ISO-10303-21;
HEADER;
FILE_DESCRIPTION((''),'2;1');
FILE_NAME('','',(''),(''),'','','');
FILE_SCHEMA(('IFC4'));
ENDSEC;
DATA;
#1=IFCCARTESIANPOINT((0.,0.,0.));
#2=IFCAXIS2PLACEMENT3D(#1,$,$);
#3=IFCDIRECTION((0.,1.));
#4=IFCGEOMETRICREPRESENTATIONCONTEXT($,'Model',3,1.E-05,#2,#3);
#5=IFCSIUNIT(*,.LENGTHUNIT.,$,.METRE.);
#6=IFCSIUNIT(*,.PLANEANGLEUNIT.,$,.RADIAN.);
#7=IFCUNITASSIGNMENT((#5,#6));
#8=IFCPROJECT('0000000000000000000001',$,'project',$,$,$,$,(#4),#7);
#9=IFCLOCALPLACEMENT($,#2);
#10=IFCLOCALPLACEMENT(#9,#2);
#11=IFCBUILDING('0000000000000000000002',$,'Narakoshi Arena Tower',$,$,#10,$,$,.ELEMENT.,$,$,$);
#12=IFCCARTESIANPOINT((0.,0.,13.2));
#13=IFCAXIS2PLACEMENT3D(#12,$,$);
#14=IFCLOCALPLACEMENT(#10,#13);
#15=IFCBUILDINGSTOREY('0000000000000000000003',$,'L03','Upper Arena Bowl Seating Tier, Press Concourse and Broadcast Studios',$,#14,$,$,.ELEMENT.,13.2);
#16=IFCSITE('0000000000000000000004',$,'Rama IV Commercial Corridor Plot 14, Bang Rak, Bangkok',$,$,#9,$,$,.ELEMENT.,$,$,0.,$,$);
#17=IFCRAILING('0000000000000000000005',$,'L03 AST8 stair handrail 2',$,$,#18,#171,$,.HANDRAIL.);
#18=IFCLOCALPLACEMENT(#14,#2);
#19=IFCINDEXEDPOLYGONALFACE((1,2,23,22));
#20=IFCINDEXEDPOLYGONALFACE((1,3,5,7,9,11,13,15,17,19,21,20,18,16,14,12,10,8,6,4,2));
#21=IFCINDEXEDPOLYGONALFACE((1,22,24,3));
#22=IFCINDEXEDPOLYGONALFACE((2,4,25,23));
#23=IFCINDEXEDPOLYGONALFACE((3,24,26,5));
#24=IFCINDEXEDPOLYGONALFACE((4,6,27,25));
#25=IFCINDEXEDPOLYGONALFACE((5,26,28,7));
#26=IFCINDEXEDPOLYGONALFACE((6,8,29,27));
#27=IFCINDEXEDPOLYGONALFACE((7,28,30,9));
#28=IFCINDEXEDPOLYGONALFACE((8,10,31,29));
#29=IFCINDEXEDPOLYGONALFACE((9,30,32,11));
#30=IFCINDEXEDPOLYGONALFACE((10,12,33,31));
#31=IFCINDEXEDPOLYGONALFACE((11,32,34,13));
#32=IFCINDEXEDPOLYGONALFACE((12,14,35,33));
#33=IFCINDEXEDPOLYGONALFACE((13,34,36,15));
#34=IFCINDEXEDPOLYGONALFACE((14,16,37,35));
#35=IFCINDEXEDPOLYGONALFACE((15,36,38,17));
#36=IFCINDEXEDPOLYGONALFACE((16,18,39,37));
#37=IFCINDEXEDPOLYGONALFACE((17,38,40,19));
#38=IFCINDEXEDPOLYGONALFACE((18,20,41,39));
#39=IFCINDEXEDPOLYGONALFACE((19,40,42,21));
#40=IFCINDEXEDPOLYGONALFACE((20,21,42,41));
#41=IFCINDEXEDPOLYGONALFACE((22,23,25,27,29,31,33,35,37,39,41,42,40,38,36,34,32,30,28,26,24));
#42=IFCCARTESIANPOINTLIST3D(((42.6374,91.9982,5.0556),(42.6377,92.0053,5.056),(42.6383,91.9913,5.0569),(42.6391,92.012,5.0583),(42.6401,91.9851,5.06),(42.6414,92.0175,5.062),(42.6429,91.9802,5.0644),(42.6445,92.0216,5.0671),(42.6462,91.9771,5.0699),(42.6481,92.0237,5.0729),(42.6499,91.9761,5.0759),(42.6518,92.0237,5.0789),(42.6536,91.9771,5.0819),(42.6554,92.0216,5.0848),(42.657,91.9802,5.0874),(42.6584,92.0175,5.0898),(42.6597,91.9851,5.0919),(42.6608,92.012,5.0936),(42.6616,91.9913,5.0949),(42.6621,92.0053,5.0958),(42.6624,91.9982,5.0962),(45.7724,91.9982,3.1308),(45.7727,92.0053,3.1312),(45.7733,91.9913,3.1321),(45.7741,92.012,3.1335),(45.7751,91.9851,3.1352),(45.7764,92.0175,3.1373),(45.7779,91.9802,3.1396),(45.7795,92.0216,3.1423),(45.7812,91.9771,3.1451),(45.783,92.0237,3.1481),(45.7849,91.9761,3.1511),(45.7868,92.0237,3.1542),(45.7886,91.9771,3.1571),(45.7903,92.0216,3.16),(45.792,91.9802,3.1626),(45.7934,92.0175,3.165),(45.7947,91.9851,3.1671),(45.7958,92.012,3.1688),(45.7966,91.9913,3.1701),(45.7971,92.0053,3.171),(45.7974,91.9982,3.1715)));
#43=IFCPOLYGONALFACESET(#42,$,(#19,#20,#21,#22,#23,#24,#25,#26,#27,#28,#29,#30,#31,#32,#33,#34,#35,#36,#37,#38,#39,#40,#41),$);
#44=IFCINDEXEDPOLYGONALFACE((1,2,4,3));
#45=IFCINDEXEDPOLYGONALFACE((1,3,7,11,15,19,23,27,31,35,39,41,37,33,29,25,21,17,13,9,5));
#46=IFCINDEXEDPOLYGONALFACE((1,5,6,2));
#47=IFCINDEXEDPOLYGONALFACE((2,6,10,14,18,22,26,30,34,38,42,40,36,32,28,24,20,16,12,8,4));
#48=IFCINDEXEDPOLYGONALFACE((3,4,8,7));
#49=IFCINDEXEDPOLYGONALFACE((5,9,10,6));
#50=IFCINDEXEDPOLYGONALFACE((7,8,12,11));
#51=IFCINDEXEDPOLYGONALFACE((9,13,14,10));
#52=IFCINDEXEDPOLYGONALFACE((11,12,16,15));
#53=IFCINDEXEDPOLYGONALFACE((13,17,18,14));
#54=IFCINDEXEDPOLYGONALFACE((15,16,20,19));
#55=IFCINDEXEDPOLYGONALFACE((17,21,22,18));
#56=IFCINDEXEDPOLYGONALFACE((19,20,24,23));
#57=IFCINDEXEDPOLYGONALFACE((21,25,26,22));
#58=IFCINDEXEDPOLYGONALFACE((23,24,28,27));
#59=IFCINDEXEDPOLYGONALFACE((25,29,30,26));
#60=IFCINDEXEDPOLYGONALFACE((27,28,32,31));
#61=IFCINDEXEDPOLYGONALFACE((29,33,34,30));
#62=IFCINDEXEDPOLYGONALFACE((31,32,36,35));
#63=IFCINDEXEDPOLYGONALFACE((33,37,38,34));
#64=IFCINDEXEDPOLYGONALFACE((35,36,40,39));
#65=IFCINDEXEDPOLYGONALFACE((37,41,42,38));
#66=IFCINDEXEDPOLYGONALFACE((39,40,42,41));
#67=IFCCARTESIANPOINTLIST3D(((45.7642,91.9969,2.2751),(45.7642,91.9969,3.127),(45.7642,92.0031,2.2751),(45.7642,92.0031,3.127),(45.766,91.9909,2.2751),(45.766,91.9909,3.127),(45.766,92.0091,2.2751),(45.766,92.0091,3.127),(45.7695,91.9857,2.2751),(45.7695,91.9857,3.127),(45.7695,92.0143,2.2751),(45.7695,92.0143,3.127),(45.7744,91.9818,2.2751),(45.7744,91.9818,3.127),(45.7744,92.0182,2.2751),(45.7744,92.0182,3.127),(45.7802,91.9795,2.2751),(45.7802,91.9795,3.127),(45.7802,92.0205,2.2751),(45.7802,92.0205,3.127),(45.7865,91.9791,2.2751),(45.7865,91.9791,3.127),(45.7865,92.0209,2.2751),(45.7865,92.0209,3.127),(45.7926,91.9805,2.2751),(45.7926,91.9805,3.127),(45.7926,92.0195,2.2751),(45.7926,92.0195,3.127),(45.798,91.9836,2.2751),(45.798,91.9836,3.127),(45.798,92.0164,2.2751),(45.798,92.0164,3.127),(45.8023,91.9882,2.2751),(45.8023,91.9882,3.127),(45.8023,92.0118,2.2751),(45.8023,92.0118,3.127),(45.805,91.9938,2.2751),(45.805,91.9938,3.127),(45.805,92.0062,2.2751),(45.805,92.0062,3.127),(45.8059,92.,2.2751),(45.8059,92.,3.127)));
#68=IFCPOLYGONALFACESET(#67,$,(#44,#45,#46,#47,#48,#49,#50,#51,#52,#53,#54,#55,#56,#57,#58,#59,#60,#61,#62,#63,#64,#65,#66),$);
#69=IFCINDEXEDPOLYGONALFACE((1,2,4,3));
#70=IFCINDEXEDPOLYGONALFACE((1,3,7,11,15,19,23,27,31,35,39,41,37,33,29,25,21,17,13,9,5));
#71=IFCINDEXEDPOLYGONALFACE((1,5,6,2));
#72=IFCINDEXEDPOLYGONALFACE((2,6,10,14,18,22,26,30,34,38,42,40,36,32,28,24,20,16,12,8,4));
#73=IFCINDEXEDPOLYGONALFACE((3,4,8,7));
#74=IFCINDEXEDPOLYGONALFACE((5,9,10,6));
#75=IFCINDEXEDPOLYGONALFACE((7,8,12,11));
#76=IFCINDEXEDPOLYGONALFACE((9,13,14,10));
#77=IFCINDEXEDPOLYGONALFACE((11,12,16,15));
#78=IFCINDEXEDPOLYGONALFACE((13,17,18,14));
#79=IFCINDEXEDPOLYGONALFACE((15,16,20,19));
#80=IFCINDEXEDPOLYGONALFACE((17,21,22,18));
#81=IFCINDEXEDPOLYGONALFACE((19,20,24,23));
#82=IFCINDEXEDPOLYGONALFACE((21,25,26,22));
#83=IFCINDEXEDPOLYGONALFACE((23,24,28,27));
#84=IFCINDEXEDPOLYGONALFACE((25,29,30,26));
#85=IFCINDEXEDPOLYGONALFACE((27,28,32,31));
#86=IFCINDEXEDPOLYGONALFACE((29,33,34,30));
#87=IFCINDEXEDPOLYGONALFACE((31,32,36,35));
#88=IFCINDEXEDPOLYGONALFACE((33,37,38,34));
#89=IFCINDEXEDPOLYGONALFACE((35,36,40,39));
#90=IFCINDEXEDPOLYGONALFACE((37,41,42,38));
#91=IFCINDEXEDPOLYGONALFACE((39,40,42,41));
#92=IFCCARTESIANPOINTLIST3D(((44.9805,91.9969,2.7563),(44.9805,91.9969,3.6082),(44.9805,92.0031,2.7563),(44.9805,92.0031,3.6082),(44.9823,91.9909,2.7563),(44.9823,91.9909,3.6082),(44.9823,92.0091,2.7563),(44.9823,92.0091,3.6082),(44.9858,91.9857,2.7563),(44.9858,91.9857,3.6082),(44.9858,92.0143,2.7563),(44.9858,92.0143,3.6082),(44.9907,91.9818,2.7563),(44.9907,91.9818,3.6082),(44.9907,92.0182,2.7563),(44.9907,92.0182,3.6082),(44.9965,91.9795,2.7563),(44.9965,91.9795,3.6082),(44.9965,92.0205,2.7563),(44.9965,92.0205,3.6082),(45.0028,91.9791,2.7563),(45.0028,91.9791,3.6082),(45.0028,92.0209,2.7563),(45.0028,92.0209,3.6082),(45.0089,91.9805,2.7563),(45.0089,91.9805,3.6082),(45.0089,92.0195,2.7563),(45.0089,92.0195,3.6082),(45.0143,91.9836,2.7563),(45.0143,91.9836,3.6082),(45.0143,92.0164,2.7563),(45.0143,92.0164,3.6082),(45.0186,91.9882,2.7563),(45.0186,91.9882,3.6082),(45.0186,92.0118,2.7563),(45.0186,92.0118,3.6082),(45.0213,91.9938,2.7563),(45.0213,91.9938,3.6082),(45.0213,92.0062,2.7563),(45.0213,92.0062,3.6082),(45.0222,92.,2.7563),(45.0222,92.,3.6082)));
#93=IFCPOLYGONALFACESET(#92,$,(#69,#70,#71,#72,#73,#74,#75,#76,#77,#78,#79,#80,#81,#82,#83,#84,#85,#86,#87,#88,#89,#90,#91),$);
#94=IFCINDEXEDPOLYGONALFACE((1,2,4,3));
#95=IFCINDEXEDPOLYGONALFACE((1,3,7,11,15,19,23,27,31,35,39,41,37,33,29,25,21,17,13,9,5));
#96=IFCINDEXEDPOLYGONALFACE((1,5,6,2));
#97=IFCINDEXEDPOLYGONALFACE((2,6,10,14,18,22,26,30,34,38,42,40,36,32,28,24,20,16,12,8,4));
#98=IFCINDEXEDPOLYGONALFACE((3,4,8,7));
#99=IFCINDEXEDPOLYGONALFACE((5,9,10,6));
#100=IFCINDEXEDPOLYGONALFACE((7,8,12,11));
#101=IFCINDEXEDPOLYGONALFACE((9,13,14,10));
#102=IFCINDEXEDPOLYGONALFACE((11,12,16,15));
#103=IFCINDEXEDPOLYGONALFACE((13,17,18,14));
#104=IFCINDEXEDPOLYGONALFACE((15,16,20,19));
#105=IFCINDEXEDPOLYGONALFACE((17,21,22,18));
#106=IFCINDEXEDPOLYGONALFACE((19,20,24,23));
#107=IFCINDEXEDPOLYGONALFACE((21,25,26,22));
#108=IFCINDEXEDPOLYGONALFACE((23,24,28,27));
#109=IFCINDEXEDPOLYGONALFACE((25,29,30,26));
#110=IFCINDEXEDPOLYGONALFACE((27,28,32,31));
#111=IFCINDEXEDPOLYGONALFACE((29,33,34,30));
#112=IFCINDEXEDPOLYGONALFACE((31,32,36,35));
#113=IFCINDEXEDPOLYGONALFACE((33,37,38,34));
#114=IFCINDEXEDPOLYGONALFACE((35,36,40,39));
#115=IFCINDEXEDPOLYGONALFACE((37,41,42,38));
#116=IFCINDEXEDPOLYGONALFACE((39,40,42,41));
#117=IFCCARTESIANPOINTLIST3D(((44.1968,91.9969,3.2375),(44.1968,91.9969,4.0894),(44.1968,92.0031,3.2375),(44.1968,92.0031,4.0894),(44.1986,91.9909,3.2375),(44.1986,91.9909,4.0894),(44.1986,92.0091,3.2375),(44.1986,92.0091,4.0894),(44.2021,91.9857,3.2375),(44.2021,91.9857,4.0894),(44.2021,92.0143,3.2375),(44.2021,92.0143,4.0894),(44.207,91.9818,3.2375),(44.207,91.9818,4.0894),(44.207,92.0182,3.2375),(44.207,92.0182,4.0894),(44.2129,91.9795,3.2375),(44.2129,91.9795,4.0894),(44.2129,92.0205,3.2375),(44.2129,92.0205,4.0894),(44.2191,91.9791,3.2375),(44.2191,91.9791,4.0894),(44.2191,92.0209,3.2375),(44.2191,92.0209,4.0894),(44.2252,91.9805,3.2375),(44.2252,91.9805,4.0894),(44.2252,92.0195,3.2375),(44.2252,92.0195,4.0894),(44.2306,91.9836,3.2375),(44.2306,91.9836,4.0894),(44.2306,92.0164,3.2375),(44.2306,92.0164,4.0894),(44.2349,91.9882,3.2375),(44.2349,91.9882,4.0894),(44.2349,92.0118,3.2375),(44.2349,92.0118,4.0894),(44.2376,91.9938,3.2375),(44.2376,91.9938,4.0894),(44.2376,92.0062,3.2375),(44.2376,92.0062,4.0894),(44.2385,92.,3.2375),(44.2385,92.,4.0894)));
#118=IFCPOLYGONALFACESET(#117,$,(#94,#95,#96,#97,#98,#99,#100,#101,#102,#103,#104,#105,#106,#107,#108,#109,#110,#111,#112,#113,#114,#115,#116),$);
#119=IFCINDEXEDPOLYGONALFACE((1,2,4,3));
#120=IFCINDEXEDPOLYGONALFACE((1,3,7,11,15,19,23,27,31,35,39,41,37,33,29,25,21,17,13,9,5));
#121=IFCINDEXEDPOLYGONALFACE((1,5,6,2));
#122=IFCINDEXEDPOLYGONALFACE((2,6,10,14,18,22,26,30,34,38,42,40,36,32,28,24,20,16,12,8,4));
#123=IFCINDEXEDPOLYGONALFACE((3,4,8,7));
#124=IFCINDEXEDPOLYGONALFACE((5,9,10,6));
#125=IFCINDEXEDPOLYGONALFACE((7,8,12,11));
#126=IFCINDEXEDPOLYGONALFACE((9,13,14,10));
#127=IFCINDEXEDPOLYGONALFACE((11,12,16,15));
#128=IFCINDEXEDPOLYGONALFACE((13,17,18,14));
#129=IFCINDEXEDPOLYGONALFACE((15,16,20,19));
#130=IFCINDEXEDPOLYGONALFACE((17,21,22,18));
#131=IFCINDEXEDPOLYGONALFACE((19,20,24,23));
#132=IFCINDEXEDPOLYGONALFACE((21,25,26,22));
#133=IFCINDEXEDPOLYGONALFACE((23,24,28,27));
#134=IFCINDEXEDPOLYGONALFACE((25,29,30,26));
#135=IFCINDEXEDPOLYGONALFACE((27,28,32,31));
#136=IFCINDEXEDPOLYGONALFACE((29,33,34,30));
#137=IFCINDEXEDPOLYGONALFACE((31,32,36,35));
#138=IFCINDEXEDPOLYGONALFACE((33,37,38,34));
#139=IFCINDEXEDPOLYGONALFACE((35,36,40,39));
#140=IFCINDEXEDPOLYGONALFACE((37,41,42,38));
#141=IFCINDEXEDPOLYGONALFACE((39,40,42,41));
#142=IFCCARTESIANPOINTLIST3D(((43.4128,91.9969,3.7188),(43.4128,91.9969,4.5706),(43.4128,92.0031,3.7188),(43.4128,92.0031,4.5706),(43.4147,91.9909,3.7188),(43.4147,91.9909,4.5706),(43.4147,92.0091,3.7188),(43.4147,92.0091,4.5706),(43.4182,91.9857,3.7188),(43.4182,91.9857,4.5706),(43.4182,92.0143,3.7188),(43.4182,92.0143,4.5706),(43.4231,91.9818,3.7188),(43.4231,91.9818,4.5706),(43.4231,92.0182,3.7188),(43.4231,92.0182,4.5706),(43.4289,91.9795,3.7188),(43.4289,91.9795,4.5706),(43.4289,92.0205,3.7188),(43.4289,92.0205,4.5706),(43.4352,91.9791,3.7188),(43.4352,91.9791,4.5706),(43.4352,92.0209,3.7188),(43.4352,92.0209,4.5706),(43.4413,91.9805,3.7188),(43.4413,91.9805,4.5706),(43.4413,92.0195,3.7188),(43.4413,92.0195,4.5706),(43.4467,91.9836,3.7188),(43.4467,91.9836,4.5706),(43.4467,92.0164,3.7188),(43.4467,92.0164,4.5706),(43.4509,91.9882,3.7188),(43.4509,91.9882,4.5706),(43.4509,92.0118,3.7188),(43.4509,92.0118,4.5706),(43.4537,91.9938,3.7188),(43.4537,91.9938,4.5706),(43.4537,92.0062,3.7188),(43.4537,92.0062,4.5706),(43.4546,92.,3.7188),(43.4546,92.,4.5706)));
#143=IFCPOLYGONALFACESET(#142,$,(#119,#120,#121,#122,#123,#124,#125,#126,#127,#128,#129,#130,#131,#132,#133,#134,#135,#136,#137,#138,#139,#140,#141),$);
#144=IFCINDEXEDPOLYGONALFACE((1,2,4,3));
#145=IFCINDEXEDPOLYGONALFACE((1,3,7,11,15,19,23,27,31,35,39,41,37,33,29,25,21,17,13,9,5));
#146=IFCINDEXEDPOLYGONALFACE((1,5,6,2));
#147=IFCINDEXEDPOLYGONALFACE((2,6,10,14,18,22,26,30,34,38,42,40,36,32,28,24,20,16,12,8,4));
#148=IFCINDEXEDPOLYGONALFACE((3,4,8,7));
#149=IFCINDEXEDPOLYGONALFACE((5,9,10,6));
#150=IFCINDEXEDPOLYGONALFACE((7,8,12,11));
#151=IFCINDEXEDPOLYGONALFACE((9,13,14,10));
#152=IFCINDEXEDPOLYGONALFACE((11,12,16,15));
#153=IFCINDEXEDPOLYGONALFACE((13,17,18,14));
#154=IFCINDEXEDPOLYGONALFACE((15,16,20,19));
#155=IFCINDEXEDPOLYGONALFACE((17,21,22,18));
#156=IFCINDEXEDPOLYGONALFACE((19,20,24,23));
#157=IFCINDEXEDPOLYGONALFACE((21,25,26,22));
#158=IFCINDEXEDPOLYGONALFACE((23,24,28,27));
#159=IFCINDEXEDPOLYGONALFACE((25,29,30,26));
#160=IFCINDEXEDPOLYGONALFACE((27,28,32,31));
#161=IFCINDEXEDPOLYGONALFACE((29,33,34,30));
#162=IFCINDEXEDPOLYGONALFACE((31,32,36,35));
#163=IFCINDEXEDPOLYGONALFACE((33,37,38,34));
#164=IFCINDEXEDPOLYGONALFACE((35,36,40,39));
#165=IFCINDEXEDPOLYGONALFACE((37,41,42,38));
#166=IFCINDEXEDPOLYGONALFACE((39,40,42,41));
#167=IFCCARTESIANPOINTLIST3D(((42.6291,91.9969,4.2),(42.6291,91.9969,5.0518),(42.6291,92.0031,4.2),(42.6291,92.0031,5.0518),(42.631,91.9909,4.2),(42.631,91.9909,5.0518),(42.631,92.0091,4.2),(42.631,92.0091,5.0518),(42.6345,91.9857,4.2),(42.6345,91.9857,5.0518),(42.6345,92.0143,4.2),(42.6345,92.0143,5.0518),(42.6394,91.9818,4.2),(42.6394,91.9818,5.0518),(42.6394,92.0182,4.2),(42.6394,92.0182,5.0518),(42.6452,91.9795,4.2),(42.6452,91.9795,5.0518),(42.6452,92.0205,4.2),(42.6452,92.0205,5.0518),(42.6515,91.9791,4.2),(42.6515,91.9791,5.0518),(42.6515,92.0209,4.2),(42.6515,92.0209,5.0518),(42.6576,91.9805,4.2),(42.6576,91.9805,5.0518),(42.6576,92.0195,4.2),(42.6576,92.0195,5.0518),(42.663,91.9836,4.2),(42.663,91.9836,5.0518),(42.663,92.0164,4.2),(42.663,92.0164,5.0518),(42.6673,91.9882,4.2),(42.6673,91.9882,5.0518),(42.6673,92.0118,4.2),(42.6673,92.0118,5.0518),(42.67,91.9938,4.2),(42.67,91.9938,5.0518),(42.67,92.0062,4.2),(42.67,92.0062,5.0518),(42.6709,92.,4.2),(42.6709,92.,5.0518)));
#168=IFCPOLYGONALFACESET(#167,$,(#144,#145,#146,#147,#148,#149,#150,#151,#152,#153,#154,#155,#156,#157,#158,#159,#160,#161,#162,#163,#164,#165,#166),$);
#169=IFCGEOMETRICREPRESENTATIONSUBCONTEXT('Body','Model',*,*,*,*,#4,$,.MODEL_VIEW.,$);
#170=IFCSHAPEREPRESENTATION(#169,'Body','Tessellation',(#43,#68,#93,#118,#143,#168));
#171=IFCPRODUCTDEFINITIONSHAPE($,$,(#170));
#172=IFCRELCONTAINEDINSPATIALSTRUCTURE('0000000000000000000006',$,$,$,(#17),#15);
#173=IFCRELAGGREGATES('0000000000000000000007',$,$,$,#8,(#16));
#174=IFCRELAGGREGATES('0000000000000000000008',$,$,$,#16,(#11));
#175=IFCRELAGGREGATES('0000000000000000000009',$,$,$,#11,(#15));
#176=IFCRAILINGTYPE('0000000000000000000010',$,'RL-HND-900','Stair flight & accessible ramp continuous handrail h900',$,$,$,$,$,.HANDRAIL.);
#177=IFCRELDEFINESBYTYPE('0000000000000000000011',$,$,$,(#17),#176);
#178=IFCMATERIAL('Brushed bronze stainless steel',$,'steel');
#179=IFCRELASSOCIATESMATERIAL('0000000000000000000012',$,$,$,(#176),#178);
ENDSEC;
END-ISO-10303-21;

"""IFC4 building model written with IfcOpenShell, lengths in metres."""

from ifc_helpers import new_model, si_unit, direction, frame, origin, origin_2d, place, context, subcontext, project, spatial, circle, extrude, material, type_object, element, save


model = new_model("IFC4")

# Units and contexts
model_context = context("Model", 3, precision=1e-05, world=origin(), true_north=direction((0.0, 1.0)))
body_context = subcontext(model_context, "Body", "Model", "MODEL_VIEW")
ifc_project = project(units=[si_unit("LENGTHUNIT", "METRE"), si_unit("PLANEANGLEUNIT", "RADIAN")], contexts=[model_context])

# Site, building, storey
site_placement = place(None, origin())
site = spatial("IfcSite", under=ifc_project, at=site_placement, Name="Rama IV Commercial Corridor Plot 14, Bang Rak, Bangkok", CompositionType="ELEMENT", RefElevation=0.0)
building_placement = place(site_placement, origin())
building = spatial("IfcBuilding", under=site, at=building_placement, Name="Narakoshi Arena Tower", CompositionType="ELEMENT")
storey_placement = place(building_placement, frame((0.0, 0.0, 13.2)))
storey = spatial("IfcBuildingStorey", under=building, at=storey_placement, Name="L03", Description="Upper Arena Bowl Seating Tier, Press Concourse and Broadcast Studios", CompositionType="ELEMENT", Elevation=13.2)

# Railing
ifc_material_1 = material(Name="Brushed bronze stainless steel", Category="steel")
railing_type_1 = type_object("IfcRailingType", Name="RL-HND-900", Description="Stair flight & accessible ramp continuous handrail h900", PredefinedType="HANDRAIL", material=ifc_material_1)
railing_1_placement = place(storey_placement, frame((45.7849, 92.0, 2.2751)))
element("IfcRailing", 1, at=railing_1_placement, inside=storey, type_object=railing_type_1, Name="L03 AST8 stair handrail 2", PredefinedType="HANDRAIL", context=body_context, shape_type="SweptSolid", body=[
    extrude(circle(Radius=0.0239, at=origin_2d()), frame((0.0, 0.0, 0.876), z_axis=(-0.852196, 0.0, 0.523223), x_axis=(0.0, -1.0, 0.0)), (0.0, 0.0, 1.0), 3.6787),
    extrude(circle(Radius=0.021, at=origin_2d()), origin(), (0.0, 0.0, 1.0), 0.8518),
    extrude(circle(Radius=0.021, at=origin_2d()), frame((-0.7837, 0.0, 0.4812)), (0.0, 0.0, 1.0), 0.8518),
    extrude(circle(Radius=0.021, at=origin_2d()), frame((-1.5674, 0.0, 0.9624)), (0.0, 0.0, 1.0), 0.8518),
    extrude(circle(Radius=0.021, at=origin_2d()), frame((-2.3513, 0.0, 1.4436)), (0.0, 0.0, 1.0), 0.8518),
    extrude(circle(Radius=0.021, at=origin_2d()), frame((-3.135, 0.0, 1.9248)), (0.0, 0.0, 1.0), 0.8518),
])

save(model, "model.ifc")
